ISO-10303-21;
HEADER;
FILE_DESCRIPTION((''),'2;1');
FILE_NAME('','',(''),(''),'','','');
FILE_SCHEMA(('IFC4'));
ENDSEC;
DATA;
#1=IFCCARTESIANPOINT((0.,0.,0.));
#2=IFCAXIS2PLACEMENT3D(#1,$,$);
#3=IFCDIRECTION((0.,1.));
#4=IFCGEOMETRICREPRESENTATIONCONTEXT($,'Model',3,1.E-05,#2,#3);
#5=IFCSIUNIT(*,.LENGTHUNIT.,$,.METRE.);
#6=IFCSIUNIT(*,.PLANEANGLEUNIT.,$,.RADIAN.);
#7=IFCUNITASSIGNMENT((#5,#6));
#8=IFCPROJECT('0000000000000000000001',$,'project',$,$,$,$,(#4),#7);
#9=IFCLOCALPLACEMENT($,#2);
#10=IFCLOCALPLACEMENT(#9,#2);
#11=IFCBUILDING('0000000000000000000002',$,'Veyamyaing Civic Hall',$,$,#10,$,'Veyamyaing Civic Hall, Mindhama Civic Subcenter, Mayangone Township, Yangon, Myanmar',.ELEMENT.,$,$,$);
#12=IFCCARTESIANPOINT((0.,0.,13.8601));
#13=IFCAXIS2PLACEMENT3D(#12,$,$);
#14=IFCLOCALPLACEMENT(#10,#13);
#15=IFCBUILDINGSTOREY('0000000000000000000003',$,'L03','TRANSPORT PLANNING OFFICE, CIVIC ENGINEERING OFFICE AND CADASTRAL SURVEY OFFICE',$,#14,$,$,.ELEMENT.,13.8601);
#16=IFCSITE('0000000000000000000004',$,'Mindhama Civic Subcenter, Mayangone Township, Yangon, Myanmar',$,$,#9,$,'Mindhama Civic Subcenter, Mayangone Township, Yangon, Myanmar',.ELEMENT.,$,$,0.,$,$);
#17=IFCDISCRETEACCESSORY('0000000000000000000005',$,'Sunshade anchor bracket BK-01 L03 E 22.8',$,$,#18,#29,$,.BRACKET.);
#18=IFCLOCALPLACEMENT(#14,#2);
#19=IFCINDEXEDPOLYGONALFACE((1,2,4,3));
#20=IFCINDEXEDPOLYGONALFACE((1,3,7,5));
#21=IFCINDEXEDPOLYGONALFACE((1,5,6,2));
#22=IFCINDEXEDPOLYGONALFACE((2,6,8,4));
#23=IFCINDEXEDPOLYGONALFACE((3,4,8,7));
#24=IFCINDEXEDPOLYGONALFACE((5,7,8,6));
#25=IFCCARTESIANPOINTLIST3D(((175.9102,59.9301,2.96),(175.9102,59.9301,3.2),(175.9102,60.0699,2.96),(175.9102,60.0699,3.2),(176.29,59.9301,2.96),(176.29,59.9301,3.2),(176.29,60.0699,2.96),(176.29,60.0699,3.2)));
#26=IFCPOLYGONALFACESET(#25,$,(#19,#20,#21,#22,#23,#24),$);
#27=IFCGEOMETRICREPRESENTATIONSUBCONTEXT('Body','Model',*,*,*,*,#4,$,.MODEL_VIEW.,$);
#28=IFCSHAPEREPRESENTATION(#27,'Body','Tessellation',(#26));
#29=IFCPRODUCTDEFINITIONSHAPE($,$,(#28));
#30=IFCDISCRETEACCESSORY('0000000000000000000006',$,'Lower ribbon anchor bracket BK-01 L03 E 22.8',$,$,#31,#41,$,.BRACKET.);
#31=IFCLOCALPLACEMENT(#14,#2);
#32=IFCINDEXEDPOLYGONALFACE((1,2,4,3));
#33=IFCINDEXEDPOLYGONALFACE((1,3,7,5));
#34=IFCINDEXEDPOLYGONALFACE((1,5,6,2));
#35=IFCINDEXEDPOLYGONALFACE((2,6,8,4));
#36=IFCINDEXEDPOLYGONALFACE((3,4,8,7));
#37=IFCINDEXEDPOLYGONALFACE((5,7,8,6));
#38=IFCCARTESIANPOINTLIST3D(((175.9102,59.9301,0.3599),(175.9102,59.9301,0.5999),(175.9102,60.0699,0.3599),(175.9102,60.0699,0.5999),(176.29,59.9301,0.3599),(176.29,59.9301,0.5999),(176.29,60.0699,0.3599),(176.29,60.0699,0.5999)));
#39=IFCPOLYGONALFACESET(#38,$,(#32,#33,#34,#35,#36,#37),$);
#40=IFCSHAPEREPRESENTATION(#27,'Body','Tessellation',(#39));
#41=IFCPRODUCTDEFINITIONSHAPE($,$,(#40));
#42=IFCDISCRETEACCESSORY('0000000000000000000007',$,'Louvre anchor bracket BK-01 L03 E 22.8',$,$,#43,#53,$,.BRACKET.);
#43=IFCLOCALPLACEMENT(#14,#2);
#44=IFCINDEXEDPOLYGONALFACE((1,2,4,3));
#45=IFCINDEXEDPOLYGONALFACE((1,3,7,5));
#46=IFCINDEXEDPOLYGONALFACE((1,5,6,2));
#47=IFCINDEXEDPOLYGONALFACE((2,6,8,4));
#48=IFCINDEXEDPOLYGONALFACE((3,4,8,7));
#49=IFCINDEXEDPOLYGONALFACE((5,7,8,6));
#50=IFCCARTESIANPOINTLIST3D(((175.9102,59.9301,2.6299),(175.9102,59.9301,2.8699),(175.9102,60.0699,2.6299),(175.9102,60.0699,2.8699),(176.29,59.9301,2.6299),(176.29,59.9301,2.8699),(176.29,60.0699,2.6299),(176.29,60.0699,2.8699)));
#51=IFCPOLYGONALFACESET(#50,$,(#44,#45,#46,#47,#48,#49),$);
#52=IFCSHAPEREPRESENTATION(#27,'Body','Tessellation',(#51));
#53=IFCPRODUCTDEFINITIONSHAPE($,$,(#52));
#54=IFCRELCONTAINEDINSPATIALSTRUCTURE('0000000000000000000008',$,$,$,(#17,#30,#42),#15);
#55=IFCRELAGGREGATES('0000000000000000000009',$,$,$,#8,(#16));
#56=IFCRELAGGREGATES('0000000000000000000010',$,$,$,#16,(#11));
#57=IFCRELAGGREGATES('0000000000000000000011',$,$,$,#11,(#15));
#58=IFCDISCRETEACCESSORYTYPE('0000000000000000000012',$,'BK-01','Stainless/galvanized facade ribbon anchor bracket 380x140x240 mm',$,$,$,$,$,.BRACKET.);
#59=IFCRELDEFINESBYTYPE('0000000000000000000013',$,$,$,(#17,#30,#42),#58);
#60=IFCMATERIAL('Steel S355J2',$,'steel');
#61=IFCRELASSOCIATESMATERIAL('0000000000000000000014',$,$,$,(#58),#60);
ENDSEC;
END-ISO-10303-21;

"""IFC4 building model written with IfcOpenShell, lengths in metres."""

from ifc_helpers import new_model, si_unit, direction, frame, origin, origin_2d, place, context, subcontext, project, spatial, rectangle, extrude, material, type_object, element, save


model = new_model("IFC4")

# Units and contexts
model_context = context("Model", 3, precision=1e-05, world=origin(), true_north=direction((0.0, 1.0)))
body_context = subcontext(model_context, "Body", "Model", "MODEL_VIEW")
ifc_project = project(units=[si_unit("LENGTHUNIT", "METRE"), si_unit("PLANEANGLEUNIT", "RADIAN")], contexts=[model_context])

# Site, building, storey
site_placement = place(None, origin())
site = spatial("IfcSite", under=ifc_project, at=site_placement, Name="Mindhama Civic Subcenter, Mayangone Township, Yangon, Myanmar", LongName="Mindhama Civic Subcenter, Mayangone Township, Yangon, Myanmar", CompositionType="ELEMENT", RefElevation=0.0)
building_placement = place(site_placement, origin())
building = spatial("IfcBuilding", under=site, at=building_placement, Name="Veyamyaing Civic Hall", LongName="Veyamyaing Civic Hall, Mindhama Civic Subcenter, Mayangone Township, Yangon, Myanmar", CompositionType="ELEMENT")
storey_placement = place(building_placement, frame((0.0, 0.0, 13.8601)))
storey = spatial("IfcBuildingStorey", under=building, at=storey_placement, Name="L03", Description="TRANSPORT PLANNING OFFICE, CIVIC ENGINEERING OFFICE AND CADASTRAL SURVEY OFFICE", CompositionType="ELEMENT", Elevation=13.8601)

# Discrete accessories
ifc_material_1 = material(Name="Steel S355J2", Category="steel")
discrete_accessory_type = type_object("IfcDiscreteAccessoryType", Name="BK-01", Description="Stainless/galvanized facade ribbon anchor bracket 380x140x240 mm", PredefinedType="BRACKET", material=ifc_material_1)
for number, where, z_axis, x_axis, name in (
    (1, (176.1001, 60.0, 2.96), (0.0, 0.0, 1.0), (1.0, 0.0, 0.0), "Sunshade anchor bracket BK-01 L03 E 22.8"),
    (2, (176.1001, 60.0, 0.3599), (0.0, 0.0, 1.0), (1.0, 0.0, 0.0), "Lower ribbon anchor bracket BK-01 L03 E 22.8"),
    (3, (176.1001, 60.0, 2.6299), (0.0, 0.0, 1.0), (1.0, 0.0, 0.0), "Louvre anchor bracket BK-01 L03 E 22.8"),
):
    element("IfcDiscreteAccessory", number, at=place(storey_placement, frame(where, z_axis=z_axis, x_axis=x_axis)), inside=storey, type_object=discrete_accessory_type, Name=name, PredefinedType="BRACKET", context=body_context, shape_type="SweptSolid", body=[
        extrude(rectangle(XDim=0.3799, YDim=0.1399, at=origin_2d()), origin(), (0.0, 0.0, 1.0), 0.24),
    ])

save(model, "model.ifc")
